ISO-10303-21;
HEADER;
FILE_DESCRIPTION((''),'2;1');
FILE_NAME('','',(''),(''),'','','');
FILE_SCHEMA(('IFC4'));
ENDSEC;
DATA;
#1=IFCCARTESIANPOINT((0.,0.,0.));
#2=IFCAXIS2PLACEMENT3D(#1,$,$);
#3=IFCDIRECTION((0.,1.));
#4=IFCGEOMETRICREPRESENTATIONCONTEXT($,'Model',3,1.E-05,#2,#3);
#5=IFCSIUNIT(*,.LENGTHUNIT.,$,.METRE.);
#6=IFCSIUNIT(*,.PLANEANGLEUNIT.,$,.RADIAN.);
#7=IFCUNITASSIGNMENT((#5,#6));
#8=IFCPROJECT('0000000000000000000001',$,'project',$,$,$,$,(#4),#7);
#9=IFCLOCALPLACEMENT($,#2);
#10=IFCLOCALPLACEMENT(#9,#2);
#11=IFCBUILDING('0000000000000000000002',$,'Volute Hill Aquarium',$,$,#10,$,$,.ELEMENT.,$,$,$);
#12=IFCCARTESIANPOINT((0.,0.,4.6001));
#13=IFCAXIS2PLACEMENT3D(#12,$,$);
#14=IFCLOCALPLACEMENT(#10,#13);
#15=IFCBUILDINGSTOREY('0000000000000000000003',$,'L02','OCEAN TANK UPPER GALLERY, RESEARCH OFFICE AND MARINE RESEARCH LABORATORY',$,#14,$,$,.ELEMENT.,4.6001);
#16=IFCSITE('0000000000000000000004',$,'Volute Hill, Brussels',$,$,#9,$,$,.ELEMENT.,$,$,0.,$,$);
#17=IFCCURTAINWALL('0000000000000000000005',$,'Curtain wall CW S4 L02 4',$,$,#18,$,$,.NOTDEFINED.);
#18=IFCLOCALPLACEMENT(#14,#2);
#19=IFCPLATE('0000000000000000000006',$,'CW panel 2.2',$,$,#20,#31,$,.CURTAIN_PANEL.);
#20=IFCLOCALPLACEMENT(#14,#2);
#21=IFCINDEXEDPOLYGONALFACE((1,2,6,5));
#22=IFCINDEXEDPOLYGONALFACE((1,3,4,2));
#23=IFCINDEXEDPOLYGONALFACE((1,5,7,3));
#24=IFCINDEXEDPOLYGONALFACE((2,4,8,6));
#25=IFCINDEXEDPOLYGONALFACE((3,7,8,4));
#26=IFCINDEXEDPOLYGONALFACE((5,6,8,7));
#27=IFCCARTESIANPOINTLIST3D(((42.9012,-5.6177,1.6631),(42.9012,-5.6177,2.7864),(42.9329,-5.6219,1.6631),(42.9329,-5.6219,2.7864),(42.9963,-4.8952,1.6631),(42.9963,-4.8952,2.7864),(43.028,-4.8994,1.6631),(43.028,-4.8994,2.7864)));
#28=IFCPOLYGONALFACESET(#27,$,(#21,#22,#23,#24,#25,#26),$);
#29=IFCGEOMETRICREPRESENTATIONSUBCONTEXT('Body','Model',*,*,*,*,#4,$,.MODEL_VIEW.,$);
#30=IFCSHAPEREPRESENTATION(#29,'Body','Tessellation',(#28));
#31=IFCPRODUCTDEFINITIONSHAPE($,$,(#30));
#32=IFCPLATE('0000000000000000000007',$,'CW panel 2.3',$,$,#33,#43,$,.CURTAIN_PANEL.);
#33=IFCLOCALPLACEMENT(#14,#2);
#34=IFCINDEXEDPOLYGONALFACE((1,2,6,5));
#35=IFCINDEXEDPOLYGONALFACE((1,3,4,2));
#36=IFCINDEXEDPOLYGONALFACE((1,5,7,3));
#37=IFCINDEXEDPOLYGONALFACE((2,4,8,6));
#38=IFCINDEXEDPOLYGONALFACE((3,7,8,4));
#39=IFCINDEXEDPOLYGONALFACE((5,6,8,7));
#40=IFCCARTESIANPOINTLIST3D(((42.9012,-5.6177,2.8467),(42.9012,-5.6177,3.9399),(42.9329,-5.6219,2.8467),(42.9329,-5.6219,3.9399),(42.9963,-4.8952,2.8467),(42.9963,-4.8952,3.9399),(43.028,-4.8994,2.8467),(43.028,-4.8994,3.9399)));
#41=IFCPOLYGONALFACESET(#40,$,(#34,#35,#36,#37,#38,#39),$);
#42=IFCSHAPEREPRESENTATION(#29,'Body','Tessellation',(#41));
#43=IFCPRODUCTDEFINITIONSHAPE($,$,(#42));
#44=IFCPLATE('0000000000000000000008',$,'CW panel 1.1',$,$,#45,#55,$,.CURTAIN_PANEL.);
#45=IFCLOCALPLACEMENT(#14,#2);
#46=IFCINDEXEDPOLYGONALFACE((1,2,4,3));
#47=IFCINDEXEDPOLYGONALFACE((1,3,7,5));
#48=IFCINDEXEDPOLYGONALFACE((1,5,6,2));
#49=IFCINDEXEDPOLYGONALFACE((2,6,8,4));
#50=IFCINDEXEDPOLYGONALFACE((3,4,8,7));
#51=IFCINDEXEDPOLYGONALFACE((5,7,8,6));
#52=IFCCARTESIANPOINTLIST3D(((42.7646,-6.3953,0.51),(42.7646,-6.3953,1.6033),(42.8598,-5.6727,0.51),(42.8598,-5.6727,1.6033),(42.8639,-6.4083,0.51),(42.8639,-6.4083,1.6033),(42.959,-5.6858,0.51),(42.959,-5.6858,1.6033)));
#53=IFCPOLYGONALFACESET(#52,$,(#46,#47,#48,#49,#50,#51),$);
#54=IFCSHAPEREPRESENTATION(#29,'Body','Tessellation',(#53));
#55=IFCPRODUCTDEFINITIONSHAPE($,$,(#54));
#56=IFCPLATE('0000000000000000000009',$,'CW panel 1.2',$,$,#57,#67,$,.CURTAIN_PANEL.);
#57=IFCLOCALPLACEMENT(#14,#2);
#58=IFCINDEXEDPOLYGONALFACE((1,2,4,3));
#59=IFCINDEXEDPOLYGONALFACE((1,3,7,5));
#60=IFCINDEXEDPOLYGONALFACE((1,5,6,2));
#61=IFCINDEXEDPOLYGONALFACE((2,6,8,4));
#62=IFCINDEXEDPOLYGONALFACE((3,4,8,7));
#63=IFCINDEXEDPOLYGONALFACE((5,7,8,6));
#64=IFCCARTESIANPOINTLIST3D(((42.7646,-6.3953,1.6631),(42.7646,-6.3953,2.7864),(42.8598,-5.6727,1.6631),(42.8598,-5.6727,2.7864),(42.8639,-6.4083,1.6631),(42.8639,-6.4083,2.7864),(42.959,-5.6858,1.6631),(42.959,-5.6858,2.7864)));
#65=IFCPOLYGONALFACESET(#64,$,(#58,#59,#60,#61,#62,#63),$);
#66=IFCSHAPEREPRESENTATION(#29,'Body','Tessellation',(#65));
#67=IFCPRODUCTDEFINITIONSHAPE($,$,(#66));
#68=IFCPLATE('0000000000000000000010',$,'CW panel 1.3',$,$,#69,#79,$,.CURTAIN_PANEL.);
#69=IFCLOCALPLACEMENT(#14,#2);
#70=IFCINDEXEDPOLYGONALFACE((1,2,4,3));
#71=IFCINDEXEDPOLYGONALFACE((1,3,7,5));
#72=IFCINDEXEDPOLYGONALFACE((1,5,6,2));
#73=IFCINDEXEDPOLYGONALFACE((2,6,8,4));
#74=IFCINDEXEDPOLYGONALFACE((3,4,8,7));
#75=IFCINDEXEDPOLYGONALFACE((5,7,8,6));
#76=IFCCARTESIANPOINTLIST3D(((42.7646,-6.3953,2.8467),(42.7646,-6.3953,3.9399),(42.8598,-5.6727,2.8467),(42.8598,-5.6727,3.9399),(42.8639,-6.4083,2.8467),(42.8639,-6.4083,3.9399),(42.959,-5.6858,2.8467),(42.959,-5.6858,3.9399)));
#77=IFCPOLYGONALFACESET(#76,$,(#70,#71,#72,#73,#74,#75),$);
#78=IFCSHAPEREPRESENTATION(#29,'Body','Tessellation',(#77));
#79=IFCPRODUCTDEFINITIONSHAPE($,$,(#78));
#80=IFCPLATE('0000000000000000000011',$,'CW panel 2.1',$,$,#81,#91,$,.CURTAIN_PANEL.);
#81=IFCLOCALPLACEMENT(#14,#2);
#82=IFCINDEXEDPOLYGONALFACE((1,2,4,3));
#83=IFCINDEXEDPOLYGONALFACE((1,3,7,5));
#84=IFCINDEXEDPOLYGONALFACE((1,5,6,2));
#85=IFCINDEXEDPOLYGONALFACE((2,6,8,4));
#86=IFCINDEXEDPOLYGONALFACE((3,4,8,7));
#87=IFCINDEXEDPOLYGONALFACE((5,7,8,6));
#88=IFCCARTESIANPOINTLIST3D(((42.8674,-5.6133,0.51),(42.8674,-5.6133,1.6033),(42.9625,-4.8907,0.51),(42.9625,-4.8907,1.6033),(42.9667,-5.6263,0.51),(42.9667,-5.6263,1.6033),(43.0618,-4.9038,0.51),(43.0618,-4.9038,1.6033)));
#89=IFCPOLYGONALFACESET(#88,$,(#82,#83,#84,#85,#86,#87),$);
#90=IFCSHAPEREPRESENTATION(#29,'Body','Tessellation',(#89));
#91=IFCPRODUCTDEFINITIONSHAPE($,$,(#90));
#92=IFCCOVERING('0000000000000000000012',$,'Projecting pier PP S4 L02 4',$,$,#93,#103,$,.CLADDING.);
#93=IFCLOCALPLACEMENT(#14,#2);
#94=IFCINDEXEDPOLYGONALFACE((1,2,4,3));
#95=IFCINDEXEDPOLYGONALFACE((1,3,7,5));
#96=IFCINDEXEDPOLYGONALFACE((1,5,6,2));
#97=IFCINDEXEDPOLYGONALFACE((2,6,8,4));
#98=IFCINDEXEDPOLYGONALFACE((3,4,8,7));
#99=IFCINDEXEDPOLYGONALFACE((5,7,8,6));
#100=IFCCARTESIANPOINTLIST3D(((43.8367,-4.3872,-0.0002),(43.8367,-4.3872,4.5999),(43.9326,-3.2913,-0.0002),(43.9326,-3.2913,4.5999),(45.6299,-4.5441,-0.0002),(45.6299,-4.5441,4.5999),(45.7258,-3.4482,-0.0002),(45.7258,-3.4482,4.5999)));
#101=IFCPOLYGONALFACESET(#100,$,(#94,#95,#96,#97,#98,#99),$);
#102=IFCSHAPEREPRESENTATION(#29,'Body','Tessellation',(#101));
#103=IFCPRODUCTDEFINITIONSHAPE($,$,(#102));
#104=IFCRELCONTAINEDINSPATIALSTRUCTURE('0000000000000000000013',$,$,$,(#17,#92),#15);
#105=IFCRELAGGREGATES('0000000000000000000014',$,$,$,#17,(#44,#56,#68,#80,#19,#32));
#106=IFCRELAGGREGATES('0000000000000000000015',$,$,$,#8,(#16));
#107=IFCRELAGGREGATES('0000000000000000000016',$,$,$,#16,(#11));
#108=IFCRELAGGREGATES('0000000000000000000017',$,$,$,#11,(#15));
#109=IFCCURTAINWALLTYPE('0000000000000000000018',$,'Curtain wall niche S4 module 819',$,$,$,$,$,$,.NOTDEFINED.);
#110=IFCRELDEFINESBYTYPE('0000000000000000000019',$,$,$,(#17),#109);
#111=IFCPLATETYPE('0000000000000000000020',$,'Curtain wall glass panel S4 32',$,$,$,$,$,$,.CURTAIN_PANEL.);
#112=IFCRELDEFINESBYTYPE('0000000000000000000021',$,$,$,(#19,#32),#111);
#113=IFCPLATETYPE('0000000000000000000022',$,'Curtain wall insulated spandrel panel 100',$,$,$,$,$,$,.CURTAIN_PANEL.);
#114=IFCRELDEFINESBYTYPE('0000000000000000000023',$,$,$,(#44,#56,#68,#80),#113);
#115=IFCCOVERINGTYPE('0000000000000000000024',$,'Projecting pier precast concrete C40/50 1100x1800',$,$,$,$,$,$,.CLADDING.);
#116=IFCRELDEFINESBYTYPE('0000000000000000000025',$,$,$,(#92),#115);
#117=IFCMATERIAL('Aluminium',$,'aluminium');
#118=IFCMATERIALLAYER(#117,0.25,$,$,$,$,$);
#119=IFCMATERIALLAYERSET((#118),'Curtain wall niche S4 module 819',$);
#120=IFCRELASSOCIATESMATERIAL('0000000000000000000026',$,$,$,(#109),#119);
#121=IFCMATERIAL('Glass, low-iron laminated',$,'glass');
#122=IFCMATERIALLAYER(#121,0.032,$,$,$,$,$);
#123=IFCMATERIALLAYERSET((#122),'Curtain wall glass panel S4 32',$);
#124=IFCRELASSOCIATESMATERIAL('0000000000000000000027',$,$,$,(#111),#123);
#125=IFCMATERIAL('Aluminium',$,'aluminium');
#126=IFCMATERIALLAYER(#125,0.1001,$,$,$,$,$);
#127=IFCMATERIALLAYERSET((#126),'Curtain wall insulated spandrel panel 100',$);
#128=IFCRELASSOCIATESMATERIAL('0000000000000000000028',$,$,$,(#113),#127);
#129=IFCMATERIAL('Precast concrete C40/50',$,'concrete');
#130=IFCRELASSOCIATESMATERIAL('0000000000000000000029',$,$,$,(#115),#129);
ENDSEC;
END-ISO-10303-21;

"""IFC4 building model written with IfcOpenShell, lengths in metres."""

from ifc_helpers import new_model, si_unit, direction, frame, origin, origin_2d, place, context, subcontext, project, spatial, rectangle, extrude, material, layer, layer_set, type_object, element, aggregate, save


model = new_model("IFC4")

# Units and contexts
model_context = context("Model", 3, precision=1e-05, world=origin(), true_north=direction((0.0, 1.0)))
body_context = subcontext(model_context, "Body", "Model", "MODEL_VIEW")
ifc_project = project(units=[si_unit("LENGTHUNIT", "METRE"), si_unit("PLANEANGLEUNIT", "RADIAN")], contexts=[model_context])

# Site, building, storey
site_placement = place(None, origin())
site = spatial("IfcSite", under=ifc_project, at=site_placement, Name="Volute Hill, Brussels", CompositionType="ELEMENT", RefElevation=0.0)
building_placement = place(site_placement, origin())
building = spatial("IfcBuilding", under=site, at=building_placement, Name="Volute Hill Aquarium", CompositionType="ELEMENT")
storey_placement = place(building_placement, frame((0.0, 0.0, 4.6001)))
storey = spatial("IfcBuildingStorey", under=building, at=storey_placement, Name="L02", Description="OCEAN TANK UPPER GALLERY, RESEARCH OFFICE AND MARINE RESEARCH LABORATORY", CompositionType="ELEMENT", Elevation=4.6001)

# Curtain wall
ifc_material_1 = material(Name="Aluminium", Category="aluminium")
ifc_layer_1 = layer(ifc_material_1, 0.25)
ifc_layer_set_1 = layer_set([ifc_layer_1], Name="Curtain wall niche S4 module 819")
curtain_wall_type = type_object("IfcCurtainWallType", Name="Curtain wall niche S4 module 819", PredefinedType="NOTDEFINED", material=ifc_layer_set_1)
curtain_wall_placement = place(storey_placement, origin())
curtain_wall = element("IfcCurtainWall", 1, at=curtain_wall_placement, inside=storey, type_object=curtain_wall_type, Name="Curtain wall CW S4 L02 4", PredefinedType="NOTDEFINED")

# Plates
ifc_material_2 = material(Name="Glass, low-iron laminated", Category="glass")
ifc_layer_2 = layer(ifc_material_2, 0.032)
ifc_layer_set_2 = layer_set([ifc_layer_2], Name="Curtain wall glass panel S4 32")
plate_type_1 = type_object("IfcPlateType", Name="Curtain wall glass panel S4 32", PredefinedType="CURTAIN_PANEL", material=ifc_layer_set_2)
plate_1_placement = place(storey_placement, frame((42.9646, -5.2585, 1.6631), z_axis=(0.0, 0.0, 1.0), x_axis=(0.130516, 0.991446, 0.0)))
plate_1 = element("IfcPlate", 2, at=plate_1_placement, type_object=plate_type_1, Name="CW panel 2.2", PredefinedType="CURTAIN_PANEL", context=body_context, shape_type="SweptSolid", body=[
    extrude(rectangle(XDim=0.7288, YDim=0.032, at=origin_2d()), origin(), (0.0, 0.0, 1.0), 1.1233),
])
plate_2_placement = place(storey_placement, frame((42.9646, -5.2585, 2.8467), z_axis=(0.0, 0.0, 1.0), x_axis=(0.130516, 0.991446, 0.0)))
plate_2 = element("IfcPlate", 3, at=plate_2_placement, type_object=plate_type_1, Name="CW panel 2.3", PredefinedType="CURTAIN_PANEL", context=body_context, shape_type="SweptSolid", body=[
    extrude(rectangle(XDim=0.7288, YDim=0.032, at=origin_2d()), origin(), (0.0, 0.0, 1.0), 1.0933),
])
ifc_material_3 = material(Name="Aluminium", Category="aluminium")
ifc_layer_3 = layer(ifc_material_3, 0.1001)
ifc_layer_set_3 = layer_set([ifc_layer_3], Name="Curtain wall insulated spandrel panel 100")
plate_type_2 = type_object("IfcPlateType", Name="Curtain wall insulated spandrel panel 100", PredefinedType="CURTAIN_PANEL", material=ifc_layer_set_3)
plate_3_placement = place(storey_placement, frame((42.8618, -6.0405, 0.51), z_axis=(0.0, 0.0, 1.0), x_axis=(0.130516, 0.991446, 0.0)))
plate_3 = element("IfcPlate", 4, at=plate_3_placement, type_object=plate_type_2, Name="CW panel 1.1", PredefinedType="CURTAIN_PANEL", context=body_context, shape_type="SweptSolid", body=[
    extrude(rectangle(XDim=0.7288, YDim=0.1001, at=origin_2d()), origin(), (0.0, 0.0, 1.0), 1.0933),
])
plate_4_placement = place(storey_placement, frame((42.8618, -6.0405, 1.6631), z_axis=(0.0, 0.0, 1.0), x_axis=(0.130516, 0.991446, 0.0)))
plate_4 = element("IfcPlate", 5, at=plate_4_placement, type_object=plate_type_2, Name="CW panel 1.2", PredefinedType="CURTAIN_PANEL", context=body_context, shape_type="SweptSolid", body=[
    extrude(rectangle(XDim=0.7288, YDim=0.1001, at=origin_2d()), origin(), (0.0, 0.0, 1.0), 1.1233),
])
plate_5_placement = place(storey_placement, frame((42.8618, -6.0405, 2.8467), z_axis=(0.0, 0.0, 1.0), x_axis=(0.130516, 0.991446, 0.0)))
plate_5 = element("IfcPlate", 6, at=plate_5_placement, type_object=plate_type_2, Name="CW panel 1.3", PredefinedType="CURTAIN_PANEL", context=body_context, shape_type="SweptSolid", body=[
    extrude(rectangle(XDim=0.7288, YDim=0.1001, at=origin_2d()), origin(), (0.0, 0.0, 1.0), 1.0933),
])
plate_6_placement = place(storey_placement, frame((42.9646, -5.2585, 0.51), z_axis=(0.0, 0.0, 1.0), x_axis=(0.130516, 0.991446, 0.0)))
plate_6 = element("IfcPlate", 7, at=plate_6_placement, type_object=plate_type_2, Name="CW panel 2.1", PredefinedType="CURTAIN_PANEL", context=body_context, shape_type="SweptSolid", body=[
    extrude(rectangle(XDim=0.7288, YDim=0.1001, at=origin_2d()), origin(), (0.0, 0.0, 1.0), 1.0933),
])
aggregate(curtain_wall, [plate_3, plate_4, plate_5, plate_6, plate_1, plate_2])

# Covering
ifc_material_4 = material(Name="Precast concrete C40/50", Category="concrete")
covering_type = type_object("IfcCoveringType", Name="Projecting pier precast concrete C40/50 1100x1800", PredefinedType="CLADDING", material=ifc_material_4)
covering_placement = place(storey_placement, frame((44.7812, -3.9177, -0.0002), z_axis=(0.0, 0.0, 1.0), x_axis=(0.087156, 0.996195, 0.0)))
element("IfcCovering", 8, at=covering_placement, inside=storey, type_object=covering_type, Name="Projecting pier PP S4 L02 4", PredefinedType="CLADDING", context=body_context, shape_type="SweptSolid", body=[
    extrude(rectangle(XDim=1.1001, YDim=1.8, at=origin_2d()), origin(), (0.0, 0.0, 1.0), 4.6001),
])

save(model, "model.ifc")
